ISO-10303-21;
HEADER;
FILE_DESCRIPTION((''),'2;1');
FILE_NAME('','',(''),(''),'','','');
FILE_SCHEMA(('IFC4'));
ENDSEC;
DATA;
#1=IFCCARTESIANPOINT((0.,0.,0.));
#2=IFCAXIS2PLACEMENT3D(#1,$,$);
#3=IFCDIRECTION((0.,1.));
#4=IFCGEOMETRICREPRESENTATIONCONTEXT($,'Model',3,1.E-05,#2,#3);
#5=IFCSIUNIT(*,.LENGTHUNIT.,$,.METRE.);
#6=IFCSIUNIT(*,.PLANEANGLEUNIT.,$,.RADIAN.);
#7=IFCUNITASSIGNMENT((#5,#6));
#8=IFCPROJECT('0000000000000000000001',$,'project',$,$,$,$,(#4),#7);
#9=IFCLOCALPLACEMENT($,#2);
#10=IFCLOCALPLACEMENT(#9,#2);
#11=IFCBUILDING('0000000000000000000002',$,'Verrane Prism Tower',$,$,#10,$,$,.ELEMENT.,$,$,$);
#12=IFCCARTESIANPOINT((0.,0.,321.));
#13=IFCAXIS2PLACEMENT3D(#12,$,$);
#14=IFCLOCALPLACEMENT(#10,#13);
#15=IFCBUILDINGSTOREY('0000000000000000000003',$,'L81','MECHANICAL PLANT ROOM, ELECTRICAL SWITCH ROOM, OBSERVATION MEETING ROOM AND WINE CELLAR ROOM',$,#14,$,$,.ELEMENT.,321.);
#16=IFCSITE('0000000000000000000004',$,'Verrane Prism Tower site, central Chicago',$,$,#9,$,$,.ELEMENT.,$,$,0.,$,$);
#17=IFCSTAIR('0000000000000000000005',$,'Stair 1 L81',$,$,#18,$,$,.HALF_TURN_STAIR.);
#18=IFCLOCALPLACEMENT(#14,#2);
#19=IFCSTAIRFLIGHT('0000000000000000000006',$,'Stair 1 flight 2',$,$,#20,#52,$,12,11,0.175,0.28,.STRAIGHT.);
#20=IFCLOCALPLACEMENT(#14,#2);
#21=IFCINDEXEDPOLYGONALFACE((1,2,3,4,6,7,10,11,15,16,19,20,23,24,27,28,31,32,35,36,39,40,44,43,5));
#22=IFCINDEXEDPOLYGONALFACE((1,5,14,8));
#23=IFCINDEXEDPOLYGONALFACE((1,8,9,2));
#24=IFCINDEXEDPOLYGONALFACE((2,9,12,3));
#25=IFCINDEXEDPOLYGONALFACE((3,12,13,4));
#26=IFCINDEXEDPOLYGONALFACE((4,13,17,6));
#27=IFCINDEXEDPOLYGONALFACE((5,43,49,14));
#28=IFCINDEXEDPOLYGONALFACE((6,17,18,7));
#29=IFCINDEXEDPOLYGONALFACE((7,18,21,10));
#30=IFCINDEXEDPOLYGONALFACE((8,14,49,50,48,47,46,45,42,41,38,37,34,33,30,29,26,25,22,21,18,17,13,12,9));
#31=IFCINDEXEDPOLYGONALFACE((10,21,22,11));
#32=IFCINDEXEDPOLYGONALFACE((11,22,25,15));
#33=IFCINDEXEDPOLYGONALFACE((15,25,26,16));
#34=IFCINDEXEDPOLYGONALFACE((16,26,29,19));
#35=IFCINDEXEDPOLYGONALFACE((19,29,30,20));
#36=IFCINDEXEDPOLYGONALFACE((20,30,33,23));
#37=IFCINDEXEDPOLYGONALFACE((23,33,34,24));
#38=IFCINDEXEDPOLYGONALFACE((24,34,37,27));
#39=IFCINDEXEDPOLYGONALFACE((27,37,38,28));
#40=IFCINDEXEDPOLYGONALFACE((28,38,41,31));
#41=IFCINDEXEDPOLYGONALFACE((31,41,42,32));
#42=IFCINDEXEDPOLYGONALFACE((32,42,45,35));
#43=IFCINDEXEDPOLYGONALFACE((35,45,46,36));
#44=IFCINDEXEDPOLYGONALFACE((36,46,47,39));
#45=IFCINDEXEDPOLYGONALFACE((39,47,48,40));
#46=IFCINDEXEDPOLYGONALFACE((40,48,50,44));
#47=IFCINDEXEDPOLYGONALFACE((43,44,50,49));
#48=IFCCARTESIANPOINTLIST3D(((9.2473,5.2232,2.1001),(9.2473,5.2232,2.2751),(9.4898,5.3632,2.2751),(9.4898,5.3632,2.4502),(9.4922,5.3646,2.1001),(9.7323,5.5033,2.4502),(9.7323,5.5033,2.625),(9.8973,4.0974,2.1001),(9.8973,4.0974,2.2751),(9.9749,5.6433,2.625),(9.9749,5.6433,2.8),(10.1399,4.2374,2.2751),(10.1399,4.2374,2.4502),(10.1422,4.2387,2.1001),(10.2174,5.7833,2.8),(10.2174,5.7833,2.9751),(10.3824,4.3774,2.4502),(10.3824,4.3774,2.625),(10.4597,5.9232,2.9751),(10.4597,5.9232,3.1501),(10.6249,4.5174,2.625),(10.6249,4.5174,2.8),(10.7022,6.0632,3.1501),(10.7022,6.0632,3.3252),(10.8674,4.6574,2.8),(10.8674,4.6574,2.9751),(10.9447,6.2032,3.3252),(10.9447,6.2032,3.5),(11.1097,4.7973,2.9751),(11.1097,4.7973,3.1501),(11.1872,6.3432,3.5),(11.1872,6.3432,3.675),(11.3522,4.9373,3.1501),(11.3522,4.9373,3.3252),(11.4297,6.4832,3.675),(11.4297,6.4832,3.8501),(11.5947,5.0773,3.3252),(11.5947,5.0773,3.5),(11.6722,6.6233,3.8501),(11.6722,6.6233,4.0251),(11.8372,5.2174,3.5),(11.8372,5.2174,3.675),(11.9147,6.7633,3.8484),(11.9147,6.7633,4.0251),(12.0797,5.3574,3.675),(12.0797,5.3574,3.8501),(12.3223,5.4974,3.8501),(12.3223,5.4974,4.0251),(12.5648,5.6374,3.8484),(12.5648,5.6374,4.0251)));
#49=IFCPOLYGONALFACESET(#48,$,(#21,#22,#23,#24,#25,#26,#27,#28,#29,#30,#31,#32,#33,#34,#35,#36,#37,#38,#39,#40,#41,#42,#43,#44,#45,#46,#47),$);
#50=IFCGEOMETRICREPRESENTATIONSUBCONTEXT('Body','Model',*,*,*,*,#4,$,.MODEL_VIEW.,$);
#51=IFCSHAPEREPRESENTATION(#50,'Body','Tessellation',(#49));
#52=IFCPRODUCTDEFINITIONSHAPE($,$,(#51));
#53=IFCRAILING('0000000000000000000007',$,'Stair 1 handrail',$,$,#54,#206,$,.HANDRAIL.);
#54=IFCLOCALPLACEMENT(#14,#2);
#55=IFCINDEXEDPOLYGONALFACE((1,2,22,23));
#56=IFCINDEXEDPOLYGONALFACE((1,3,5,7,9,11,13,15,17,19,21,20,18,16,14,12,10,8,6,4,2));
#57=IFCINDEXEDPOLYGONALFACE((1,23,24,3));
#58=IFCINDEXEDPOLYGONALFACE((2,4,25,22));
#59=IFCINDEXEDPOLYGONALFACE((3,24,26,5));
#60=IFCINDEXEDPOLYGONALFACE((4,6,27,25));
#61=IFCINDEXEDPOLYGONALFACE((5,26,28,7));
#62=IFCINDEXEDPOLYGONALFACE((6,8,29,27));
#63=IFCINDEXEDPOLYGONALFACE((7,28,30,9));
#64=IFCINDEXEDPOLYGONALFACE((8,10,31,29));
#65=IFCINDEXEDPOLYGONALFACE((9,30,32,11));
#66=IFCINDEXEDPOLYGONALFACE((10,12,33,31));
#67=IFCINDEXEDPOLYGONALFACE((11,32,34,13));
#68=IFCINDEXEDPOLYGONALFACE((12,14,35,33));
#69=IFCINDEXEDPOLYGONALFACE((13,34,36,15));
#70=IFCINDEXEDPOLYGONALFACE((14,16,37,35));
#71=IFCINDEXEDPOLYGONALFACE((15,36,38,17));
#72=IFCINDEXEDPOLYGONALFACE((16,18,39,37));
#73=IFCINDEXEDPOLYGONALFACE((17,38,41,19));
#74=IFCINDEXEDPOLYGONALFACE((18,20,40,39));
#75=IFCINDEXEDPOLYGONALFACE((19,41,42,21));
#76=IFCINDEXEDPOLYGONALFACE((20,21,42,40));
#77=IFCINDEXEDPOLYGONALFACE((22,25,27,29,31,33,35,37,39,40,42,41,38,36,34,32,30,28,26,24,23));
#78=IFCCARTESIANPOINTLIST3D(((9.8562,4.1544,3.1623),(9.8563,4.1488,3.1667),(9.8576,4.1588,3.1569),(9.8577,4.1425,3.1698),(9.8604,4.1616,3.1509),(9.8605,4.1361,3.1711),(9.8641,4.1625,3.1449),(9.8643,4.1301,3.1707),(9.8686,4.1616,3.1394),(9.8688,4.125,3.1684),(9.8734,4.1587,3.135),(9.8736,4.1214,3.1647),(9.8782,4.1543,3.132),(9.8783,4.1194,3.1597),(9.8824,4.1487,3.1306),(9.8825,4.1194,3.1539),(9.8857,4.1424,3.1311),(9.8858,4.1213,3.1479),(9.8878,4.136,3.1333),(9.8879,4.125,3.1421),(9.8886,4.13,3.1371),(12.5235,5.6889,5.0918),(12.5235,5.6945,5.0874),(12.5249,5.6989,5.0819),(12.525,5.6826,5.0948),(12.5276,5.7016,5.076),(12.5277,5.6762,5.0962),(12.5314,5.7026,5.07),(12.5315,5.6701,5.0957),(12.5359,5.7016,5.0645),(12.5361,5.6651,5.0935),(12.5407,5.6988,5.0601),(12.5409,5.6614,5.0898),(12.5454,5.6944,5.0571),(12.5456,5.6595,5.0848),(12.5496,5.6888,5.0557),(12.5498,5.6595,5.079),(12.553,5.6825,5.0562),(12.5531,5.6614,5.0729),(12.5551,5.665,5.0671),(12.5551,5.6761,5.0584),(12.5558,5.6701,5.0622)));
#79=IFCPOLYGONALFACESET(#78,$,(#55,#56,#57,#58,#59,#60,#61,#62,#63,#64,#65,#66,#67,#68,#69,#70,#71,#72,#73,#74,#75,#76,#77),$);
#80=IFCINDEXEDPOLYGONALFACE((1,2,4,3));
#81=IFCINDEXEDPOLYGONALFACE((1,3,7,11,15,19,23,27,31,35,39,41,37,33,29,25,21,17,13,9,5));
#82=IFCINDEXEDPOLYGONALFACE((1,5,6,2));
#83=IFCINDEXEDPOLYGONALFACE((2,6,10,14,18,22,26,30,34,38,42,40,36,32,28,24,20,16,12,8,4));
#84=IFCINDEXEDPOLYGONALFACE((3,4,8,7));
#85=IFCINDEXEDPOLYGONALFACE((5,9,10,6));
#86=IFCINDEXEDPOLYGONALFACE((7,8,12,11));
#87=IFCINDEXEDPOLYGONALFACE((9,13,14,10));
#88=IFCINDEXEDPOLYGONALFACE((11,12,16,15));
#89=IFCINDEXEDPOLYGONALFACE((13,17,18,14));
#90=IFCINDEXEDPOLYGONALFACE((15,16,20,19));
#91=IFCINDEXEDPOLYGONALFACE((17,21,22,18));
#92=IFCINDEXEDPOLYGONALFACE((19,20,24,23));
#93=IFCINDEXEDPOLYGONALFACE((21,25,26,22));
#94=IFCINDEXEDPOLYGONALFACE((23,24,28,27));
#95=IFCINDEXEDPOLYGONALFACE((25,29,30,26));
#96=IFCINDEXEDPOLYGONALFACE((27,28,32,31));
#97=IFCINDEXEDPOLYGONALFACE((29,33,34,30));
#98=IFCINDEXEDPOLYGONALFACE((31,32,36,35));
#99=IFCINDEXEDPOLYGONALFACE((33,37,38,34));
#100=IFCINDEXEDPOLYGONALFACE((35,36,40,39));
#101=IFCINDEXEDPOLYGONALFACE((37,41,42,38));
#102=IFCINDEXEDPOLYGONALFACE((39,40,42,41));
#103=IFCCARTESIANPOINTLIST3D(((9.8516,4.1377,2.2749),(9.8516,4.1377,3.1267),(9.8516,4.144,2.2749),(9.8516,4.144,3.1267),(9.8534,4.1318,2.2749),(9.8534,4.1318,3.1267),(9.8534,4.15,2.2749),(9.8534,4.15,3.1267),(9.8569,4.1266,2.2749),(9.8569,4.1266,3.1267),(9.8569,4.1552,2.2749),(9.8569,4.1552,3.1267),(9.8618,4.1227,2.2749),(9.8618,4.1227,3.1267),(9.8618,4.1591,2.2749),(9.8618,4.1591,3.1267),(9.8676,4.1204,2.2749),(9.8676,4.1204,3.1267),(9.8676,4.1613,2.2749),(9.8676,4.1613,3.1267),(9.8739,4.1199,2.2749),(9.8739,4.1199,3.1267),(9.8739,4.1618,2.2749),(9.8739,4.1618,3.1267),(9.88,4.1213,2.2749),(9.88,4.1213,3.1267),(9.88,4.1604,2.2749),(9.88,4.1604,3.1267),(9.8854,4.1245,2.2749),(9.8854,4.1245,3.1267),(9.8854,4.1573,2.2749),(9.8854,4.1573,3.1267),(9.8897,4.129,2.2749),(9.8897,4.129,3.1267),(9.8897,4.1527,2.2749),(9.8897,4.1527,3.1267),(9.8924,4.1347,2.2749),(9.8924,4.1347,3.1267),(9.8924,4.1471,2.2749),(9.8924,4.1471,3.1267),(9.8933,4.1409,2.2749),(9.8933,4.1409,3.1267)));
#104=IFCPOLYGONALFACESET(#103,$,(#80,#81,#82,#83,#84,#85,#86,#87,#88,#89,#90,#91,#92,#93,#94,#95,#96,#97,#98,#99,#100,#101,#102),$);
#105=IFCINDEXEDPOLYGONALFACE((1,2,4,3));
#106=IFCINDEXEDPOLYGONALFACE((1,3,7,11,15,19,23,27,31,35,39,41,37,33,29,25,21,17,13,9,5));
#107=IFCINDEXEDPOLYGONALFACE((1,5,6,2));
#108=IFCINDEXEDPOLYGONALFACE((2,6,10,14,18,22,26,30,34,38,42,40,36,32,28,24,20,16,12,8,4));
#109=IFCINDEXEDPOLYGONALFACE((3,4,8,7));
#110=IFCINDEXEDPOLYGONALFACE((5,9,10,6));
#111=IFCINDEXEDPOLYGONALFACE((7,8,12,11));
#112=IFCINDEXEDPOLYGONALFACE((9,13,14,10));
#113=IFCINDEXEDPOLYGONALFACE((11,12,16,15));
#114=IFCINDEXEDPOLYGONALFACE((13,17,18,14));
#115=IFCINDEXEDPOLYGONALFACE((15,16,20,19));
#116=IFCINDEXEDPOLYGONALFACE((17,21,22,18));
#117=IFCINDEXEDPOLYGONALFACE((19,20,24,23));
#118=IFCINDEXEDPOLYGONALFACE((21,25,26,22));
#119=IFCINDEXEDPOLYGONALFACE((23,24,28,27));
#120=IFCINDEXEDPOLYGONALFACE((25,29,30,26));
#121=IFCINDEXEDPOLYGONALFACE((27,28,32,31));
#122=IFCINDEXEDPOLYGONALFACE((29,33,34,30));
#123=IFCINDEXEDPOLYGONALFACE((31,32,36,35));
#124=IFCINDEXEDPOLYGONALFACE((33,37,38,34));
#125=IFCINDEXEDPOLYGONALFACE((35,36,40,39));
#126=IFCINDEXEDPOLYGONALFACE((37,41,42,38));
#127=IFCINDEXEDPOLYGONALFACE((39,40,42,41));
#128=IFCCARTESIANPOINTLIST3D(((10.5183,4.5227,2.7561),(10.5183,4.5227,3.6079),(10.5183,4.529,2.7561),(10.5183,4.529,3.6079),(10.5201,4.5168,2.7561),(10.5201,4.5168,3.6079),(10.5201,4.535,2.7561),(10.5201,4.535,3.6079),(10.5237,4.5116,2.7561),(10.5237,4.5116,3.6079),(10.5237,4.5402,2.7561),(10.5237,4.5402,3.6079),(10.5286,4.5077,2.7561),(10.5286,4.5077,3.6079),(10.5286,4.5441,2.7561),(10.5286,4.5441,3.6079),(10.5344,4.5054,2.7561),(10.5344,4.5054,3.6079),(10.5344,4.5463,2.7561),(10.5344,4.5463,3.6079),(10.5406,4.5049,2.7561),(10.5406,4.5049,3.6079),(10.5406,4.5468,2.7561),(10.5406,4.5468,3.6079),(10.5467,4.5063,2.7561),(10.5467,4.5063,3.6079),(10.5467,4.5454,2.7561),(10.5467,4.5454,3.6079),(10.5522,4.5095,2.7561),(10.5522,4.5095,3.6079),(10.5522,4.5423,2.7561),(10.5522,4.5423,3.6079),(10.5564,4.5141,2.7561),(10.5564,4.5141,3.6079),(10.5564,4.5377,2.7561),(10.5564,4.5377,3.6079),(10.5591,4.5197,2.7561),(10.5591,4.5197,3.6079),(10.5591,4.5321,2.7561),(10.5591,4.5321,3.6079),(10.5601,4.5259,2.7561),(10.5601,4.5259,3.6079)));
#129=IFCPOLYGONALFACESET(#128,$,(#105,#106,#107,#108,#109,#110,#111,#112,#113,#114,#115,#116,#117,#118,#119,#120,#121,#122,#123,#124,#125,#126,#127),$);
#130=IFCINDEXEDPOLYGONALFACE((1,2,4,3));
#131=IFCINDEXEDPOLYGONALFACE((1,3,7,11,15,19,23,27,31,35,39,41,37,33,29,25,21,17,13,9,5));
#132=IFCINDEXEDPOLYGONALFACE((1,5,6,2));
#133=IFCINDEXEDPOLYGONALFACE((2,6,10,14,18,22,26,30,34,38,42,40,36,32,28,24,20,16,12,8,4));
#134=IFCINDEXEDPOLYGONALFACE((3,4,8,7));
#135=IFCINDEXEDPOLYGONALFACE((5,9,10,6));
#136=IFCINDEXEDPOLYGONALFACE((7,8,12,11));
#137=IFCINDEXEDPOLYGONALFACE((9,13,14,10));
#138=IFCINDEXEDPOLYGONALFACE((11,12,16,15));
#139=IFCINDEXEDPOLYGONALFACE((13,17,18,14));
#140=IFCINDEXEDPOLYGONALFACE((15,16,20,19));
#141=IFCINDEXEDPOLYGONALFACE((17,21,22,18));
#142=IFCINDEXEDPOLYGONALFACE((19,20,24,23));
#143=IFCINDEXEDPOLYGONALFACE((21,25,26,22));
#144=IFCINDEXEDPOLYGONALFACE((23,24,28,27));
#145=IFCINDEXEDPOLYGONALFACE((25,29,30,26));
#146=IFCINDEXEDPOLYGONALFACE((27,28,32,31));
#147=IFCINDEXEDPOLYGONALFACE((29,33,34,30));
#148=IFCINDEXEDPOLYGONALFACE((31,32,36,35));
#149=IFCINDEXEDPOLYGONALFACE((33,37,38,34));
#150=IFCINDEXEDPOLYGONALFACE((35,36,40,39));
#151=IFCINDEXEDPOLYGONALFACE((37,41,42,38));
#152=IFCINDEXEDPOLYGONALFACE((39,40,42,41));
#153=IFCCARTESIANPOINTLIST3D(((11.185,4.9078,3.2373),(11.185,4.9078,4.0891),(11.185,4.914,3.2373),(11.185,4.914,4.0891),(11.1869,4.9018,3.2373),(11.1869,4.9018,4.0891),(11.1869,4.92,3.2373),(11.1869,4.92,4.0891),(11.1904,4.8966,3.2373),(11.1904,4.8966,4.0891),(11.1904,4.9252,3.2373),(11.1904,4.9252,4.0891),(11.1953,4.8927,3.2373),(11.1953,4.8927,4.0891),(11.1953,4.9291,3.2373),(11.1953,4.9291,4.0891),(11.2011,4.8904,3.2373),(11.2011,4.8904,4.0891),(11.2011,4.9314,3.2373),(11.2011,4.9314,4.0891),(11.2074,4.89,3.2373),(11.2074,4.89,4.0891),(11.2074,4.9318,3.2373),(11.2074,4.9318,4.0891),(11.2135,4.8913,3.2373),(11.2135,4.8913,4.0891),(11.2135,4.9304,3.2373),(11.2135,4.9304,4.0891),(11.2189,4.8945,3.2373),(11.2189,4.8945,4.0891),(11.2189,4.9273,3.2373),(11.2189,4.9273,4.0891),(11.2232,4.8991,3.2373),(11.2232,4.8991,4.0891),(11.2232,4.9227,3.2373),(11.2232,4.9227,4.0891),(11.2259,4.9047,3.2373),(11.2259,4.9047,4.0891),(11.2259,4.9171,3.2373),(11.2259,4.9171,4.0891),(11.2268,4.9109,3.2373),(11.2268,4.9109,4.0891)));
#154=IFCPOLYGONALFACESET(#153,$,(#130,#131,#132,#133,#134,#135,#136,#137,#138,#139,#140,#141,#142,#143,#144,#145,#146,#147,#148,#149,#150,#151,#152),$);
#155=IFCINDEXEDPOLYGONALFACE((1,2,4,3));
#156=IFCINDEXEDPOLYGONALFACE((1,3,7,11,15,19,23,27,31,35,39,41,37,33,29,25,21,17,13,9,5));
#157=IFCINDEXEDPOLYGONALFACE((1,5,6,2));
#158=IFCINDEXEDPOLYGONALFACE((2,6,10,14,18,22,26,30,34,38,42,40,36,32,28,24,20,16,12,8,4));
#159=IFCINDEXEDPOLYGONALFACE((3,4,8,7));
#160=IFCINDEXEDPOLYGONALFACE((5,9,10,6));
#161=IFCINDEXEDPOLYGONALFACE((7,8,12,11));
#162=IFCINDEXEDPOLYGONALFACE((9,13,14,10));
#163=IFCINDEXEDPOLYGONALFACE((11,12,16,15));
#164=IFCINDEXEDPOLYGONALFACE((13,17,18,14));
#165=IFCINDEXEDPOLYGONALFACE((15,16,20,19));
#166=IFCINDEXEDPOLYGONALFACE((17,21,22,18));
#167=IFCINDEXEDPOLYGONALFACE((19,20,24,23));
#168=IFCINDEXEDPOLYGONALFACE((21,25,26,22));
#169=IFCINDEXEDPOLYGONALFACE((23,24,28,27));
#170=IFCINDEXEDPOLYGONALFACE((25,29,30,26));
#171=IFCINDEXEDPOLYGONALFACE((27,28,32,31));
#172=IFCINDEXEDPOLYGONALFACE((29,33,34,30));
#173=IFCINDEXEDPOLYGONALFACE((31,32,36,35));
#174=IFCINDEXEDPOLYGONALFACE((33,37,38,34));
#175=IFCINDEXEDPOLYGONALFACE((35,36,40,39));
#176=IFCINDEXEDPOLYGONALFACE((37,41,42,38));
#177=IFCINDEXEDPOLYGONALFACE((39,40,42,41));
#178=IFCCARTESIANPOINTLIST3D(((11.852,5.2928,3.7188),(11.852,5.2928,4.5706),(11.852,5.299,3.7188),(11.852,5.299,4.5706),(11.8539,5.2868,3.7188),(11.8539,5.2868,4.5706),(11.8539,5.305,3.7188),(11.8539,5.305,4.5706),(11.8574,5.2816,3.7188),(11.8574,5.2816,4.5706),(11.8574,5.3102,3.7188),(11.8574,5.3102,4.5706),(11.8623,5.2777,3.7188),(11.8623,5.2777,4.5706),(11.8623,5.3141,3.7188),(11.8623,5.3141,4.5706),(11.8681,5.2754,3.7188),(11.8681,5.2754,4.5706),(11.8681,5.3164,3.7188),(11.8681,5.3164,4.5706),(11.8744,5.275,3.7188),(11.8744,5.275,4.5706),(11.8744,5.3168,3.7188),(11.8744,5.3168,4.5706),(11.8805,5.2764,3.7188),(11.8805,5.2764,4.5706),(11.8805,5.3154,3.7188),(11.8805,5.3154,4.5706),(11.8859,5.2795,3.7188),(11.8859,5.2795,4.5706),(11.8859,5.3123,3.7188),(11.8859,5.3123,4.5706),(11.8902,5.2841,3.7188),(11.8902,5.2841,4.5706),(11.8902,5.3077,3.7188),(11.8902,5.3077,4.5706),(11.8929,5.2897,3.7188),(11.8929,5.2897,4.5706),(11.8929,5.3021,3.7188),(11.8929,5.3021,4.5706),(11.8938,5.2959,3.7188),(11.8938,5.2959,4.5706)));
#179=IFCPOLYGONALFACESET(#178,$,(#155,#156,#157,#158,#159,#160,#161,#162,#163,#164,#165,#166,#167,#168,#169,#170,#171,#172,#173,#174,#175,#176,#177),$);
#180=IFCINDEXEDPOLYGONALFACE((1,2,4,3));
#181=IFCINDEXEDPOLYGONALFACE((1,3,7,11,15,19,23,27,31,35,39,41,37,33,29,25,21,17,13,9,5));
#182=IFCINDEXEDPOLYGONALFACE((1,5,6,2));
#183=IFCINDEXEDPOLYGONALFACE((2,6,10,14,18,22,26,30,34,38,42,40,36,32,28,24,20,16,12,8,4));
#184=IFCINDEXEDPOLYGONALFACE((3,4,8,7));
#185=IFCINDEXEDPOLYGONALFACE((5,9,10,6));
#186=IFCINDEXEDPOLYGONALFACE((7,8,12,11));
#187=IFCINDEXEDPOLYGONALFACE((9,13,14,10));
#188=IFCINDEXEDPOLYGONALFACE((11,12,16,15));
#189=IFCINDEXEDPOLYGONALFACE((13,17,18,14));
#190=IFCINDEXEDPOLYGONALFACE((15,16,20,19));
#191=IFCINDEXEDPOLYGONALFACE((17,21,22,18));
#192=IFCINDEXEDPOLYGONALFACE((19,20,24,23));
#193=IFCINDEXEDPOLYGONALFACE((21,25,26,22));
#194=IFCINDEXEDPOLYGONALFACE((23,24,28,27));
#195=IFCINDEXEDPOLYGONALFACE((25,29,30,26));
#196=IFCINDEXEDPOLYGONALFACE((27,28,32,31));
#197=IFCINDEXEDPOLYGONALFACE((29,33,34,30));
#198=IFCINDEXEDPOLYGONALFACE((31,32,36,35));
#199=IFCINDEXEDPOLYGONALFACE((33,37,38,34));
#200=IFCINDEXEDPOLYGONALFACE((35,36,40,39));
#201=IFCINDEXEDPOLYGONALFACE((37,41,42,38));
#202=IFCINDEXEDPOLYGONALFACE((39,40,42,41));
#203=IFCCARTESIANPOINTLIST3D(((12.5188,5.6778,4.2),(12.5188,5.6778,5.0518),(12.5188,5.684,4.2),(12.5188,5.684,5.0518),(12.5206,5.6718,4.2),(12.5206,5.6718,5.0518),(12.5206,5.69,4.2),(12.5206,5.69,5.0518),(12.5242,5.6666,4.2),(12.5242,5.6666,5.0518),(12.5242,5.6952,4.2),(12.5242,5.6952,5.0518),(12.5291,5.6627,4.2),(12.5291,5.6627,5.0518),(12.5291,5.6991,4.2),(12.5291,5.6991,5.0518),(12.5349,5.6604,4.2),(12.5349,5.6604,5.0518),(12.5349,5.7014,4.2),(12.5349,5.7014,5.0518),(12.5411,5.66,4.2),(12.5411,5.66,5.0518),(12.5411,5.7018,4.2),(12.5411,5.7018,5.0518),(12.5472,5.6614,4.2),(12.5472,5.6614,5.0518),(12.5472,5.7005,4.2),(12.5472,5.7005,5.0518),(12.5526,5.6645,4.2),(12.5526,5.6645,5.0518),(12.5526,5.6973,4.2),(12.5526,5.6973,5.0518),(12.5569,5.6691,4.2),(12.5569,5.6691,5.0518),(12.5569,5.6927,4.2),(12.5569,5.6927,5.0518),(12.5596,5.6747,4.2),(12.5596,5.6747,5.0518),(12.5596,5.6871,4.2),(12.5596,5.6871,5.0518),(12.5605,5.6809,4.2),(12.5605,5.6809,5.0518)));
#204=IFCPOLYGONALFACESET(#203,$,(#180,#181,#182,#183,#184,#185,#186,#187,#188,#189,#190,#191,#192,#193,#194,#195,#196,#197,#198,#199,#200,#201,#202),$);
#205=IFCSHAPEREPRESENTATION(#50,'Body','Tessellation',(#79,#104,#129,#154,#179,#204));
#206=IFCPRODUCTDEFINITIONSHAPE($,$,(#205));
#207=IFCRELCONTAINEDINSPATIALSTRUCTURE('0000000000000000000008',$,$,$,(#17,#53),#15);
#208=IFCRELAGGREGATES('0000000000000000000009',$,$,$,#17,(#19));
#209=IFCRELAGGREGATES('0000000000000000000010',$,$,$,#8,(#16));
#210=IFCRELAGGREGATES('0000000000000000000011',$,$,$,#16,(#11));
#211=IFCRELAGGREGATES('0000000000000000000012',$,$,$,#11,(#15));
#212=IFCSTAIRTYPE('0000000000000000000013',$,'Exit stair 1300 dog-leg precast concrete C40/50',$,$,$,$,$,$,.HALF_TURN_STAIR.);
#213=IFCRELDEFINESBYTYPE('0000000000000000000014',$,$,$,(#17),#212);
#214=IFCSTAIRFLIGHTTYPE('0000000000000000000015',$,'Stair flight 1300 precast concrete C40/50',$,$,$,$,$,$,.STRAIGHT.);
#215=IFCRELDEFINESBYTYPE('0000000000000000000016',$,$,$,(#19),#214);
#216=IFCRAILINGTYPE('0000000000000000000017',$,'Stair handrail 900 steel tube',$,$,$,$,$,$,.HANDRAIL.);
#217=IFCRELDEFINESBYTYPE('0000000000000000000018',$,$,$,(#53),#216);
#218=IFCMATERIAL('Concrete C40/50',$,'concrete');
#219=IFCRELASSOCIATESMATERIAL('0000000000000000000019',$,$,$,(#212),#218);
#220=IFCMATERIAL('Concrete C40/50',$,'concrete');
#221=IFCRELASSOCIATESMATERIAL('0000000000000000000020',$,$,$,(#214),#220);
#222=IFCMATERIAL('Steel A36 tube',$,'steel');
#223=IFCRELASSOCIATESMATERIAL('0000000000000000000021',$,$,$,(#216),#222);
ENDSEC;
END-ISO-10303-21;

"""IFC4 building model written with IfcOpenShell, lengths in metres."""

from ifc_helpers import new_model, si_unit, direction, frame, origin, origin_2d, place, context, subcontext, project, spatial, polyline, circle, outline, extrude, material, type_object, element, aggregate, save


model = new_model("IFC4")

# Units and contexts
model_context = context("Model", 3, precision=1e-05, world=origin(), true_north=direction((0.0, 1.0)))
body_context = subcontext(model_context, "Body", "Model", "MODEL_VIEW")
ifc_project = project(units=[si_unit("LENGTHUNIT", "METRE"), si_unit("PLANEANGLEUNIT", "RADIAN")], contexts=[model_context])

# Site, building, storey
site_placement = place(None, origin())
site = spatial("IfcSite", under=ifc_project, at=site_placement, Name="Verrane Prism Tower site, central Chicago", CompositionType="ELEMENT", RefElevation=0.0)
building_placement = place(site_placement, origin())
building = spatial("IfcBuilding", under=site, at=building_placement, Name="Verrane Prism Tower", CompositionType="ELEMENT")
storey_placement = place(building_placement, frame((0.0, 0.0, 321.0)))
storey = spatial("IfcBuildingStorey", under=building, at=storey_placement, Name="L81", Description="MECHANICAL PLANT ROOM, ELECTRICAL SWITCH ROOM, OBSERVATION MEETING ROOM AND WINE CELLAR ROOM", CompositionType="ELEMENT", Elevation=321.0)

# Stair, stair flight
ifc_material_1 = material(Name="Concrete C40/50", Category="concrete")
stair_type = type_object("IfcStairType", Name="Exit stair 1300 dog-leg precast concrete C40/50", PredefinedType="HALF_TURN_STAIR", material=ifc_material_1)
stair_placement = place(storey_placement, origin())
stair = element("IfcStair", 1, at=stair_placement, inside=storey, type_object=stair_type, Name="Stair 1 L81", PredefinedType="HALF_TURN_STAIR")
ifc_material_2 = material(Name="Concrete C40/50", Category="concrete")
stair_flight_type = type_object("IfcStairFlightType", Name="Stair flight 1300 precast concrete C40/50", PredefinedType="STRAIGHT", material=ifc_material_2)
stair_flight_placement = place(storey_placement, frame((9.5723, 4.6604, 2.1001), z_axis=(0.0, 0.0, 1.0), x_axis=(0.866025, 0.5, 0.0)))
stair_flight = element("IfcStairFlight", 2, at=stair_flight_placement, type_object=stair_flight_type, Name="Stair 1 flight 2", NumberOfRisers=12, NumberOfTreads=11, PredefinedType="STRAIGHT", RiserHeight=0.175, TreadLength=0.28, context=body_context, shape_type="SweptSolid", body=[
    extrude(outline(polyline([(0.0, 0.0), (0.0, 0.175), (0.28, 0.175), (0.28, 0.3501), (0.5601, 0.3501), (0.5601, 0.5249), (0.8401, 0.5249), (0.8401, 0.7), (1.1201, 0.7), (1.1201, 0.875), (1.3999, 0.875), (1.3999, 1.05), (1.6799, 1.05), (1.6799, 1.2251), (1.96, 1.2251), (1.96, 1.3999), (2.24, 1.3999), (2.24, 1.575), (2.52, 1.575), (2.52, 1.75), (2.8, 1.75), (2.8, 1.925), (3.0801, 1.925), (3.0801, 2.1001), (3.0801, 1.7483), (0.2827, 0.0), (0.0, 0.0)])), frame((0.0, 0.6499, 0.0), z_axis=(0.0, -1.0, 0.0), x_axis=(1.0, 0.0, 0.0)), (0.0, 0.0, 1.0), 1.3),
])
aggregate(stair, [stair_flight])

# Railing
ifc_material_3 = material(Name="Steel A36 tube", Category="steel")
railing_type = type_object("IfcRailingType", Name="Stair handrail 900 steel tube", PredefinedType="HANDRAIL", material=ifc_material_3)
railing_placement = place(storey_placement, frame((9.8723, 4.1409, 2.2749)))
element("IfcRailing", 3, at=railing_placement, inside=storey, type_object=railing_type, Name="Stair 1 handrail", PredefinedType="HANDRAIL", context=body_context, shape_type="SweptSolid", body=[
    extrude(circle(Radius=0.0239, at=origin_2d()), frame((0.0, 0.0, 0.876), z_axis=(0.734364, 0.424015, 0.530019), x_axis=(-0.500027, 0.86601, 0.0)), (0.0, 0.0, 1.0), 3.6321),
    extrude(circle(Radius=0.021, at=origin_2d()), origin(), (0.0, 0.0, 1.0), 0.8518),
    extrude(circle(Radius=0.021, at=origin_2d()), frame((0.6667, 0.385, 0.4812)), (0.0, 0.0, 1.0), 0.8518),
    extrude(circle(Radius=0.021, at=origin_2d()), frame((1.3335, 0.77, 0.9624)), (0.0, 0.0, 1.0), 0.8518),
    extrude(circle(Radius=0.021, at=origin_2d()), frame((2.0005, 1.155, 1.4438)), (0.0, 0.0, 1.0), 0.8518),
    extrude(circle(Radius=0.021, at=origin_2d()), frame((2.6672, 1.54, 1.925)), (0.0, 0.0, 1.0), 0.8518),
])

save(model, "model.ifc")
